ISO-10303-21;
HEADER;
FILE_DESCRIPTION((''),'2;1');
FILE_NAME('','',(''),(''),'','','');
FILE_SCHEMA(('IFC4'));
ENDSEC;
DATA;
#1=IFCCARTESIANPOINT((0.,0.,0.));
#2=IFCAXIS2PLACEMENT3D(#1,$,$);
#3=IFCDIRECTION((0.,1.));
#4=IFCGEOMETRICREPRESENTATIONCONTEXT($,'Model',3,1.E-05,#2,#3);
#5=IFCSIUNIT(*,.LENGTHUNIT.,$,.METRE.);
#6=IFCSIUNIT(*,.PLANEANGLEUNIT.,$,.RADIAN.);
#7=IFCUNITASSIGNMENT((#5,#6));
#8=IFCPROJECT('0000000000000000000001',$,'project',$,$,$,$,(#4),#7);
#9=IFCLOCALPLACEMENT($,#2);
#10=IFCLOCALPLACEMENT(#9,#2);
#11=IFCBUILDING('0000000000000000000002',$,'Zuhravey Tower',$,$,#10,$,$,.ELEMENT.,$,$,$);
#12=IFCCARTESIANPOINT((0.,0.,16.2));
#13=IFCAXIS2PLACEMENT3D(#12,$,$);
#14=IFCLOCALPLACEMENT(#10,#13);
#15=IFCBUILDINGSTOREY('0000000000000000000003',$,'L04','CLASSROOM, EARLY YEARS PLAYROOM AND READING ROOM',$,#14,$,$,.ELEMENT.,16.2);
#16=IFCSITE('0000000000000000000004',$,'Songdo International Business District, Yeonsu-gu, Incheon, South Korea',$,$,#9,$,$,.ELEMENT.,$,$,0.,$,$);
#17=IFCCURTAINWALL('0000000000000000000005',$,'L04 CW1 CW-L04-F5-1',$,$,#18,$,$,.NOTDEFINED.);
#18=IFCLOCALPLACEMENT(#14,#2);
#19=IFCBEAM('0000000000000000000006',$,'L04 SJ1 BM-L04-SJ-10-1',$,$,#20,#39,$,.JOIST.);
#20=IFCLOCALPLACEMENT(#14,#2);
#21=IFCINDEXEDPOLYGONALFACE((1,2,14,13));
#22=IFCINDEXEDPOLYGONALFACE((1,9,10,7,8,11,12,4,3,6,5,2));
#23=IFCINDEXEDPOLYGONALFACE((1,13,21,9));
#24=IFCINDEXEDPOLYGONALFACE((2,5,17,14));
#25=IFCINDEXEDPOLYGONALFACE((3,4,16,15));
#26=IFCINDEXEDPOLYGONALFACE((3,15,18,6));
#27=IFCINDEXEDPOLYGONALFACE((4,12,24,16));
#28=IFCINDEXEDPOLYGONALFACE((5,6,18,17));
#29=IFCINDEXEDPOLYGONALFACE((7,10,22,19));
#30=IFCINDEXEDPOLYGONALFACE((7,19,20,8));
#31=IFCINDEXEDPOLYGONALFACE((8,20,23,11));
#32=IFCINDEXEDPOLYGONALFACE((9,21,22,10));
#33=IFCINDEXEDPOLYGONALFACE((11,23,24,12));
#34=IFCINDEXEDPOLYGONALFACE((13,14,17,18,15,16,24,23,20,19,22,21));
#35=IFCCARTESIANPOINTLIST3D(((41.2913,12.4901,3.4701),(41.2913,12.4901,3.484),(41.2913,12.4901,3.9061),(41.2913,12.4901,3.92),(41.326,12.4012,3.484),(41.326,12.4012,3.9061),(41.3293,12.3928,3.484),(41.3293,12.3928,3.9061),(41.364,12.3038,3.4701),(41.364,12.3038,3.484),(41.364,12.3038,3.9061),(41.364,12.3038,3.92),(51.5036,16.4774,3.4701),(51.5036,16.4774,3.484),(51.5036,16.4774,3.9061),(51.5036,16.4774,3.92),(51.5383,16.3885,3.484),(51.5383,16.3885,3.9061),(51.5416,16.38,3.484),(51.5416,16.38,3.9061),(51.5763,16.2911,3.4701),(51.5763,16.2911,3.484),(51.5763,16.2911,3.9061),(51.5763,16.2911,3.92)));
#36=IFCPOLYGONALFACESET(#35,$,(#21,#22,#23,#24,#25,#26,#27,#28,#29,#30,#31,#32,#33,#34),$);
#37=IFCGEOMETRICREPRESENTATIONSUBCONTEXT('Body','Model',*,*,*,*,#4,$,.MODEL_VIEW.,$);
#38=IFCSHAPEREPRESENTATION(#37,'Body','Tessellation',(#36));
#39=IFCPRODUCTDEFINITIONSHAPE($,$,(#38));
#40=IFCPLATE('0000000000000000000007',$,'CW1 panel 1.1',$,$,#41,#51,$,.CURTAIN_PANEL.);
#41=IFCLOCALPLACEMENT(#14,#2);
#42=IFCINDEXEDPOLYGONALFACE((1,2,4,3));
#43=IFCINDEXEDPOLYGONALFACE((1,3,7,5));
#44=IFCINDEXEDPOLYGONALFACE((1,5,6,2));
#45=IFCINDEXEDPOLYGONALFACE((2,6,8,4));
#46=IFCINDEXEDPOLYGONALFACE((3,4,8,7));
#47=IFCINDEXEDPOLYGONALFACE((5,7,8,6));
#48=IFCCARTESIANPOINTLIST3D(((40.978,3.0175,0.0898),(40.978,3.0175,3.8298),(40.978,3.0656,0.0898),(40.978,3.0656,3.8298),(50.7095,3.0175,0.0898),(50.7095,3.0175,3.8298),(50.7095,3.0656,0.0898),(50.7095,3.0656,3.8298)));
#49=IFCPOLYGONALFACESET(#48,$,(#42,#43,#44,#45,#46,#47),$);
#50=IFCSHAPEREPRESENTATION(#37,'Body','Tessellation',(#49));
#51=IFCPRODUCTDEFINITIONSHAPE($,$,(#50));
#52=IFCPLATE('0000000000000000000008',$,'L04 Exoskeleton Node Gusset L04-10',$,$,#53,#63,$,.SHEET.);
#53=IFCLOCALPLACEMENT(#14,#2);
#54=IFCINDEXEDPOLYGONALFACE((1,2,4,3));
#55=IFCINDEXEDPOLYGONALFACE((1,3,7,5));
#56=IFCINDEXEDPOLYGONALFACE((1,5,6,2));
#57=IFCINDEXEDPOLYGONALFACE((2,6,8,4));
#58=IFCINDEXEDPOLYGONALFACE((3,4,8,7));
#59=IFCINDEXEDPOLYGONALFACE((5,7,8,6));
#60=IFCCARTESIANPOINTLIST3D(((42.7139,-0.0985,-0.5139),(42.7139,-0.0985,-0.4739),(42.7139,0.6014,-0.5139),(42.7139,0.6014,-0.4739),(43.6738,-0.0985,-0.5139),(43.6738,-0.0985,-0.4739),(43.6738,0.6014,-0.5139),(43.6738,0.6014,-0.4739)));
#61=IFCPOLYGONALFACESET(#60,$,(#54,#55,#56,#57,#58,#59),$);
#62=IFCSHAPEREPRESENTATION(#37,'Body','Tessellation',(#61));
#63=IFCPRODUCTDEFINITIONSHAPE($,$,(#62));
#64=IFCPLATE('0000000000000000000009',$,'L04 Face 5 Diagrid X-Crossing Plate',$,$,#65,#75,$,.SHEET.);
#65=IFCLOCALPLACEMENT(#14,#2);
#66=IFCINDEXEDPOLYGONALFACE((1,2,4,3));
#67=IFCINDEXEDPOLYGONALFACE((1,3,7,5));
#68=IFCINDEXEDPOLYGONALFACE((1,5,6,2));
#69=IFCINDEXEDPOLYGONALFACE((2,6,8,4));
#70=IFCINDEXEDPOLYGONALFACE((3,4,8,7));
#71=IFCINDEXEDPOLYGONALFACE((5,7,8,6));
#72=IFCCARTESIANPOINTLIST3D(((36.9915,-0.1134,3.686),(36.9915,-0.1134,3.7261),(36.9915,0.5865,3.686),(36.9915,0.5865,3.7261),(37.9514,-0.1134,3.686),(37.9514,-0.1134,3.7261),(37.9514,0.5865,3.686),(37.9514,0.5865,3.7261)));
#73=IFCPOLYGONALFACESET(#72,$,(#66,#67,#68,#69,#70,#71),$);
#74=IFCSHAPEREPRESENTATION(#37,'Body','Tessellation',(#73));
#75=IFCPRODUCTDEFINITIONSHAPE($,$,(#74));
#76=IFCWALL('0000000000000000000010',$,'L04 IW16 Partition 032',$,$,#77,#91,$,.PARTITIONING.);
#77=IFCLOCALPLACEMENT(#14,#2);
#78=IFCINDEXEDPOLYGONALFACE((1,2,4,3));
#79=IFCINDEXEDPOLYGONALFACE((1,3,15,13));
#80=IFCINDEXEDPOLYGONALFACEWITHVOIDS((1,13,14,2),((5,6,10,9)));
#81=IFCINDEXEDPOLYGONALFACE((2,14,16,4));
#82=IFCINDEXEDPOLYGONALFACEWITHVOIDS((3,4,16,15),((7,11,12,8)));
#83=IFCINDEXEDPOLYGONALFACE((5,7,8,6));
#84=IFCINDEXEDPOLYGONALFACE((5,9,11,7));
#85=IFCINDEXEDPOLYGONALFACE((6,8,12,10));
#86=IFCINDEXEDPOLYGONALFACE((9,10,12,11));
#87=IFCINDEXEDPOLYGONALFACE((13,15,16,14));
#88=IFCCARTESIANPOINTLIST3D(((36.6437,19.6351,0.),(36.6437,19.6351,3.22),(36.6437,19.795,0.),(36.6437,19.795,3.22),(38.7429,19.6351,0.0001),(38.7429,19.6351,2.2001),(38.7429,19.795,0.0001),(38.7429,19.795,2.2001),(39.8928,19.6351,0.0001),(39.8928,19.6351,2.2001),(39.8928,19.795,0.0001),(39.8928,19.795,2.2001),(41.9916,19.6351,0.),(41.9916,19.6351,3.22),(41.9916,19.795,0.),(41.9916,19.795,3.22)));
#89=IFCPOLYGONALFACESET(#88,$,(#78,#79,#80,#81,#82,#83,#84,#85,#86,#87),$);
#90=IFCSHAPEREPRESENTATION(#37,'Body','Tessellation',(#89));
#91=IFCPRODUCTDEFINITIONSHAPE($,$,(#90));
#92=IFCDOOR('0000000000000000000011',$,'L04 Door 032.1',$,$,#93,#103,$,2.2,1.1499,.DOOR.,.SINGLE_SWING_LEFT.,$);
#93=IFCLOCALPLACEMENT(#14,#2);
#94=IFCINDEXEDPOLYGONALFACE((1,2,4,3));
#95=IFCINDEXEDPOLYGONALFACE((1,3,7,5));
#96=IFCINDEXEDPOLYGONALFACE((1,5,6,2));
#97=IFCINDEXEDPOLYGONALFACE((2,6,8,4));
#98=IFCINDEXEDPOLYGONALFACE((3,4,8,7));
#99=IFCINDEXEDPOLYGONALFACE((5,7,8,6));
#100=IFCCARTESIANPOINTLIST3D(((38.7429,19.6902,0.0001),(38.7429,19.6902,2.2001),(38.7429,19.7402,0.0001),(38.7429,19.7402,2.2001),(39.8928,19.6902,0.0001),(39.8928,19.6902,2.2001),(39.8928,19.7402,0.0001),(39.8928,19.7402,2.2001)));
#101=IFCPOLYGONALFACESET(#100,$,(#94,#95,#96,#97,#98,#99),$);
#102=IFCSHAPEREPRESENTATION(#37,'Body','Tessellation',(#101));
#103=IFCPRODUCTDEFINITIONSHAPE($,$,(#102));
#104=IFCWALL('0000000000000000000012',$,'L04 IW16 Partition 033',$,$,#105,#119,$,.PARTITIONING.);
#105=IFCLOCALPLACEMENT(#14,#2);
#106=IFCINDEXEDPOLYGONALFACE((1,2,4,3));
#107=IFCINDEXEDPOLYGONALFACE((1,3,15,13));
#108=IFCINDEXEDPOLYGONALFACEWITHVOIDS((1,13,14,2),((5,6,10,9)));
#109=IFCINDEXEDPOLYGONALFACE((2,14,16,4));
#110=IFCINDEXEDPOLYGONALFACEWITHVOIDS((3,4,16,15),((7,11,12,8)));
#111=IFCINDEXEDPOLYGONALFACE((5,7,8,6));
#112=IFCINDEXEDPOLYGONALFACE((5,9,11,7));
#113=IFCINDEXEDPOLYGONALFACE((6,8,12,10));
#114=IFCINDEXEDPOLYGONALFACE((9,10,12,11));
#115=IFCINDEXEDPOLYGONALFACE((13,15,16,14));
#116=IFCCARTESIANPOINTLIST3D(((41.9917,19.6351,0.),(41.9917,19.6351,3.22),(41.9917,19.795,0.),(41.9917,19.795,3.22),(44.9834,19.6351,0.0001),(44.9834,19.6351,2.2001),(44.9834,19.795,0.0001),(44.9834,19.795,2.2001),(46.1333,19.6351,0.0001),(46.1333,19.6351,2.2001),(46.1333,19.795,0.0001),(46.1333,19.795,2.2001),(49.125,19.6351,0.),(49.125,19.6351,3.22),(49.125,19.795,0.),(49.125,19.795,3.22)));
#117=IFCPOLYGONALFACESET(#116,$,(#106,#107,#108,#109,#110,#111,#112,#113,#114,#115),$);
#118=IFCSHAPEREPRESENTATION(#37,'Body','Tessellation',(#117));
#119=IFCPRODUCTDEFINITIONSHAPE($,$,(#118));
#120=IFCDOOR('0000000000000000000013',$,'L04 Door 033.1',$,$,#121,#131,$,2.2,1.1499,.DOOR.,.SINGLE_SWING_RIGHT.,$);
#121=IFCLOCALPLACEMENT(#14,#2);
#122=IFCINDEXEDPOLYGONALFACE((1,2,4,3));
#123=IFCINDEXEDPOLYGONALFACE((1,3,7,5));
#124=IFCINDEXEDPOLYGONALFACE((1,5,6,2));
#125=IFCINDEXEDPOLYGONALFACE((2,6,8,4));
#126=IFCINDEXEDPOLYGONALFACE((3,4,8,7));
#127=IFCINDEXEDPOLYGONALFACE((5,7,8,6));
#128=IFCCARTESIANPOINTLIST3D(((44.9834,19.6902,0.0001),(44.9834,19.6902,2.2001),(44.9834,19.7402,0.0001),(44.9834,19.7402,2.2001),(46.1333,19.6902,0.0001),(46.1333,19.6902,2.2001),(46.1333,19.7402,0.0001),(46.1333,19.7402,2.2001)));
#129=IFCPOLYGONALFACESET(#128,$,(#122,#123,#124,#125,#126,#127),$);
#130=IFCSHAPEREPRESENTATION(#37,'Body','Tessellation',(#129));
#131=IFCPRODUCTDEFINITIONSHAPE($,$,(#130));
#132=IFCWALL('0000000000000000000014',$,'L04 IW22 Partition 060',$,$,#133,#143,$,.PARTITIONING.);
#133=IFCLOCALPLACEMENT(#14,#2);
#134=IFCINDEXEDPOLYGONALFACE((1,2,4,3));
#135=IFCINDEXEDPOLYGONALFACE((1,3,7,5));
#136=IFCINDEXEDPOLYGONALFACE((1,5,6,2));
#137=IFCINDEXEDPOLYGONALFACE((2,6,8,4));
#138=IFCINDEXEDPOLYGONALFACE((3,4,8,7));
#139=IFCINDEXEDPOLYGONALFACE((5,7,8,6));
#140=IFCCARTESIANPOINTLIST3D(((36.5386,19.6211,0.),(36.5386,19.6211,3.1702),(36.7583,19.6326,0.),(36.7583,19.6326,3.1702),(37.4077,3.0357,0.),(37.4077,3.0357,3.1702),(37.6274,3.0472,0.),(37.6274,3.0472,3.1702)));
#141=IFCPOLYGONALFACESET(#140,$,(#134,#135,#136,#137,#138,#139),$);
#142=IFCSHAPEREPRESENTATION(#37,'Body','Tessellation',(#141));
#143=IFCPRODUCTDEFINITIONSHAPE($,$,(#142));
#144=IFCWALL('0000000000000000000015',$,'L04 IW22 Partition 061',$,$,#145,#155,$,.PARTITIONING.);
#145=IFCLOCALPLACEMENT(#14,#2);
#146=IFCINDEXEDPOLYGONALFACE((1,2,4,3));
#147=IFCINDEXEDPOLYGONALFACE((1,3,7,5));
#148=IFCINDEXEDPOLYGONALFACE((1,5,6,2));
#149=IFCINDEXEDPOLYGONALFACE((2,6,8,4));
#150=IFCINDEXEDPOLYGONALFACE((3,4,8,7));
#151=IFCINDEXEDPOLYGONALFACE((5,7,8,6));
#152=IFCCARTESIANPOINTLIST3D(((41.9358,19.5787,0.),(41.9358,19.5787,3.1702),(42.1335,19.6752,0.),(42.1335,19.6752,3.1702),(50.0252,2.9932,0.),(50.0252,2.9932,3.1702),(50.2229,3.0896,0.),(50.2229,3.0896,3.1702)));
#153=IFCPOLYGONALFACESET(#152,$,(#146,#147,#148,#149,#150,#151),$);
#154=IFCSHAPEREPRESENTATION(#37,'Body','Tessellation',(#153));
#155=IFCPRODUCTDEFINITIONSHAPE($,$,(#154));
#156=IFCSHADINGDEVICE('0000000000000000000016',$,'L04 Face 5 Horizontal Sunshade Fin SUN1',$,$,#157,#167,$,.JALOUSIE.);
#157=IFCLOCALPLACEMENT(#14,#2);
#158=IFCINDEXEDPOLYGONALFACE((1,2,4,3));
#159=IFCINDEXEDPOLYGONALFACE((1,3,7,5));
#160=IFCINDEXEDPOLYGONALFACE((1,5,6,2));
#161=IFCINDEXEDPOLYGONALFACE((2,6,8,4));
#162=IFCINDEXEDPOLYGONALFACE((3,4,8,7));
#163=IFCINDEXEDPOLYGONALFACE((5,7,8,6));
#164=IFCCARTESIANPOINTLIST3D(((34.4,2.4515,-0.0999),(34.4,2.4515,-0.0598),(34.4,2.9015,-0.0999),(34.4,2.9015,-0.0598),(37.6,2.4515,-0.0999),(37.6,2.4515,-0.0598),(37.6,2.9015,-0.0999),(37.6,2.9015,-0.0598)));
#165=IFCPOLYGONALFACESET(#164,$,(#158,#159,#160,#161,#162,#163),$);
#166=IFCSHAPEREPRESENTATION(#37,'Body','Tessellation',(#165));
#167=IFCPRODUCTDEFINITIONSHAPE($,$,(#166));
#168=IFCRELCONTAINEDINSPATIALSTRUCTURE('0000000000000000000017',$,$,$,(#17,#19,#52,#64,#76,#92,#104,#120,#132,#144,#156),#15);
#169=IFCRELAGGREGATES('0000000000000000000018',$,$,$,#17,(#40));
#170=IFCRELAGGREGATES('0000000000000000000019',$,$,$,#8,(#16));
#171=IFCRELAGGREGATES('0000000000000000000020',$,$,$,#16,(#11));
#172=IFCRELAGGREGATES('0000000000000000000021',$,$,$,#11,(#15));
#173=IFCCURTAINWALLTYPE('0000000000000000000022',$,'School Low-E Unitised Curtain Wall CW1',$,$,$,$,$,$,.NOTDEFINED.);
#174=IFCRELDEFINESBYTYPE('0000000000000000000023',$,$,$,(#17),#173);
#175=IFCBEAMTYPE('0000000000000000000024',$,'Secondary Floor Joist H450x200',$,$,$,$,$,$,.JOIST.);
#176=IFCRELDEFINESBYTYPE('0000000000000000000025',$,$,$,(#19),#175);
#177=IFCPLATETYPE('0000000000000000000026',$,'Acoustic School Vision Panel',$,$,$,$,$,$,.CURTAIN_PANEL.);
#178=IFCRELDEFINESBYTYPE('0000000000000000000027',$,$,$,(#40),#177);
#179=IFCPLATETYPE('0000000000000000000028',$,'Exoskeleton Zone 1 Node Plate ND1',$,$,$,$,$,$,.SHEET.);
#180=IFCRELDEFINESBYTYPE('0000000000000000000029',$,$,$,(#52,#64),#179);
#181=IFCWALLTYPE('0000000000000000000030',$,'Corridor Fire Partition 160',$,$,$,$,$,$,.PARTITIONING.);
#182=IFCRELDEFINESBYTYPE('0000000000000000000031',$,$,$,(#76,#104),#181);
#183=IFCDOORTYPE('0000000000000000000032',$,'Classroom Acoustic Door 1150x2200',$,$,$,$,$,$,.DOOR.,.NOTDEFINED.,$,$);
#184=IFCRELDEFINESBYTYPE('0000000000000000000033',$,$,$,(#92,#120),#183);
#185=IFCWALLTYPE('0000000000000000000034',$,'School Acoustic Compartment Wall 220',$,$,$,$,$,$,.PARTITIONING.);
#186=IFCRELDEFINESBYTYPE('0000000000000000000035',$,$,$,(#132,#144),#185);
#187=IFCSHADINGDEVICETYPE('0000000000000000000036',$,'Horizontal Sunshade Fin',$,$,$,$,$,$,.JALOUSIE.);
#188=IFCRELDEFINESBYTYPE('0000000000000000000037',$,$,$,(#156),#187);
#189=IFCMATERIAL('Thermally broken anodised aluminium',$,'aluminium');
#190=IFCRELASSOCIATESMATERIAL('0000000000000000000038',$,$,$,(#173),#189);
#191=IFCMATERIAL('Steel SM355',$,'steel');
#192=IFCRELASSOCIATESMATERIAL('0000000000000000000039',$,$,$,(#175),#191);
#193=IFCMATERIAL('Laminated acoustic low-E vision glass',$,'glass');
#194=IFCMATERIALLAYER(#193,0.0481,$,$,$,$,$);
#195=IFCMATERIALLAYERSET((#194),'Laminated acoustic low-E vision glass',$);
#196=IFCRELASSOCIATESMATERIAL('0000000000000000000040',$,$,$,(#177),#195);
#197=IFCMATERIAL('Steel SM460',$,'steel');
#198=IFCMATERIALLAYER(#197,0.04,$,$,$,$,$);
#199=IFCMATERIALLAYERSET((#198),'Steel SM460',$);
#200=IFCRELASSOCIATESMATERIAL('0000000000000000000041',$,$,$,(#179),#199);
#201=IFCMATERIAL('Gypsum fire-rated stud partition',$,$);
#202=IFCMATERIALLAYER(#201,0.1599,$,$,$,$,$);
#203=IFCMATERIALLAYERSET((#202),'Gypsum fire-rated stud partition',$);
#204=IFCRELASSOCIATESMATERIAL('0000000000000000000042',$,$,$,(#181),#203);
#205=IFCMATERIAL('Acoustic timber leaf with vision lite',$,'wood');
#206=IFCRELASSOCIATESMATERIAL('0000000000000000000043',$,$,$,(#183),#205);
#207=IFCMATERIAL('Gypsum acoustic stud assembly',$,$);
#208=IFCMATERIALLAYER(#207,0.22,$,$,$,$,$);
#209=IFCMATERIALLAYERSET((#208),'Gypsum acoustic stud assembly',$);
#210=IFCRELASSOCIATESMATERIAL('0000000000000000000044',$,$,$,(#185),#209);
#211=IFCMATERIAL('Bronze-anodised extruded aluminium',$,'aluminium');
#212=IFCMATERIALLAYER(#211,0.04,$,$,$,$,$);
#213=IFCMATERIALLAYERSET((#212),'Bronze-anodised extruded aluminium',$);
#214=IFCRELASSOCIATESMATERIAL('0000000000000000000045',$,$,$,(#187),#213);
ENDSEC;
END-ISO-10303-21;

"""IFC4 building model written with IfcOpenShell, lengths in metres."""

from ifc_helpers import new_model, si_unit, direction, frame, frame_2d, origin, origin_2d, place, context, subcontext, project, spatial, rectangle, i_section, extrude, material, layer, layer_set, material_profile, profile_set, type_object, element, fill, aggregate, save


model = new_model("IFC4")

# Units and contexts
model_context = context("Model", 3, precision=1e-05, world=origin(), true_north=direction((0.0, 1.0)))
body_context = subcontext(model_context, "Body", "Model", "MODEL_VIEW")
ifc_project = project(units=[si_unit("LENGTHUNIT", "METRE"), si_unit("PLANEANGLEUNIT", "RADIAN")], contexts=[model_context])

# Site, building, storey
site_placement = place(None, origin())
site = spatial("IfcSite", under=ifc_project, at=site_placement, Name="Songdo International Business District, Yeonsu-gu, Incheon, South Korea", CompositionType="ELEMENT", RefElevation=0.0)
building_placement = place(site_placement, origin())
building = spatial("IfcBuilding", under=site, at=building_placement, Name="Zuhravey Tower", CompositionType="ELEMENT")
storey_placement = place(building_placement, frame((0.0, 0.0, 16.2)))
storey = spatial("IfcBuildingStorey", under=building, at=storey_placement, Name="L04", Description="CLASSROOM, EARLY YEARS PLAYROOM AND READING ROOM", CompositionType="ELEMENT", Elevation=16.2)

# Curtain wall
ifc_material_1 = material(Name="Thermally broken anodised aluminium", Category="aluminium")
curtain_wall_type = type_object("IfcCurtainWallType", Name="School Low-E Unitised Curtain Wall CW1", PredefinedType="NOTDEFINED", material=ifc_material_1)
curtain_wall_placement = place(storey_placement, origin())
curtain_wall = element("IfcCurtainWall", 1, at=curtain_wall_placement, inside=storey, type_object=curtain_wall_type, Name="L04 CW1 CW-L04-F5-1", PredefinedType="NOTDEFINED")

# Shared definitions
ifc_material_2 = material(Name="Steel SM460", Category="steel")

# Beam
ifc_material_3 = material(Name="Steel SM355", Category="steel")
ifc_material_profile_1 = material_profile(ifc_material_3, i_section(OverallWidth=0.2, OverallDepth=0.45, WebThickness=0.009, FlangeThickness=0.0139, at=origin_2d()), Name="H-450x200x9x14")
ifc_profile_set_1 = profile_set([ifc_material_profile_1], Name="Steel SM355")
beam_type_1 = type_object("IfcBeamType", Name="Secondary Floor Joist H450x200", PredefinedType="JOIST", material=ifc_profile_set_1)
beam_1_placement = place(storey_placement, frame((41.3276, 12.397, 3.6951), z_axis=(0.931517, 0.363699, 0.0), x_axis=(-0.363699, 0.931517, 0.0)))
element("IfcBeam", 2, at=beam_1_placement, inside=storey, type_object=beam_type_1, Name="L04 SJ1 BM-L04-SJ-10-1", PredefinedType="JOIST", context=body_context, shape_type="SweptSolid", body=[
    extrude(i_section(OverallWidth=0.2, OverallDepth=0.45, WebThickness=0.009, FlangeThickness=0.0139, at=origin_2d()), origin(), (0.0, 0.0, 1.0), 10.9631),
])

# Plate
ifc_material_4 = material(Name="Laminated acoustic low-E vision glass", Category="glass")
ifc_layer_1 = layer(ifc_material_4, 0.0481)
ifc_layer_set_1 = layer_set([ifc_layer_1], Name="Laminated acoustic low-E vision glass")
plate_type_1 = type_object("IfcPlateType", Name="Acoustic School Vision Panel", PredefinedType="CURTAIN_PANEL", material=ifc_layer_set_1)
plate_placement = place(storey_placement, frame((45.8438, 3.0415, 0.0898), z_axis=(0.0, 0.0, 1.0), x_axis=(-1.0, 0.0, 0.0)))
plate = element("IfcPlate", 3, at=plate_placement, type_object=plate_type_1, Name="CW1 panel 1.1", PredefinedType="CURTAIN_PANEL", context=body_context, shape_type="SweptSolid", body=[
    extrude(rectangle(XDim=9.7314, YDim=0.0481, at=origin_2d()), origin(), (0.0, 0.0, 1.0), 3.74),
])
aggregate(curtain_wall, [plate])

# Plates
ifc_layer_2 = layer(ifc_material_2, 0.04)
ifc_layer_set_2 = layer_set([ifc_layer_2], Name="Steel SM460")
plate_type_2 = type_object("IfcPlateType", Name="Exoskeleton Zone 1 Node Plate ND1", PredefinedType="SHEET", material=ifc_layer_set_2)
for number, where, z_axis, x_axis, name in (
    (4, (43.1938, 0.2515, -0.5139), (0.0, 0.0, 1.0), (1.0, 0.0, 0.0), "L04 Exoskeleton Node Gusset L04-10"),
    (5, (37.4714, 0.2366, 3.686), (0.0, 0.0, 1.0), (1.0, 0.0, 0.0), "L04 Face 5 Diagrid X-Crossing Plate"),
):
    element("IfcPlate", number, at=place(storey_placement, frame(where, z_axis=z_axis, x_axis=x_axis)), inside=storey, type_object=plate_type_2, Name=name, PredefinedType="SHEET", context=body_context, shape_type="SweptSolid", body=[
        extrude(rectangle(XDim=0.96, YDim=0.7, at=origin_2d()), origin(), (0.0, 0.0, 1.0), 0.04),
    ])

# Walls, openings, doors
ifc_material_5 = material(Name="Gypsum fire-rated stud partition")
ifc_layer_3 = layer(ifc_material_5, 0.1599)
ifc_layer_set_3 = layer_set([ifc_layer_3], Name="Gypsum fire-rated stud partition")
wall_type_1 = type_object("IfcWallType", Name="Corridor Fire Partition 160", PredefinedType="PARTITIONING", material=ifc_layer_set_3)
wall_1_placement = place(storey_placement, frame((36.6438, 19.7151, 0.0), z_axis=(0.0, 0.0, 1.0), x_axis=(1.0, 0.0, 0.0)))
wall_1 = element("IfcWall", 6, at=wall_1_placement, inside=storey, type_object=wall_type_1, Name="L04 IW16 Partition 032", PredefinedType="PARTITIONING", context=body_context, shape_type="SweptSolid", body=[
    extrude(rectangle(XDim=5.3479, YDim=0.1599, at=frame_2d((2.6738, 0.0))), origin(), (0.0, 0.0, 1.0), 3.22),
])
opening_1_placement = place(wall_1_placement, frame((2.0991, 0.0, 0.0)))
opening_1 = element("IfcOpeningElement", 7, at=opening_1_placement, cuts=wall_1, PredefinedType="OPENING", context=body_context, shape_type="SweptSolid", body=[
    extrude(rectangle(XDim=1.1499, YDim=2.2, at=frame_2d((0.575, 1.1001))), frame((0.0, 0.092, 0.0), z_axis=(0.0, -1.0, 0.0), x_axis=(1.0, 0.0, 0.0)), (0.0, 0.0, 1.0), 0.1838),
])
ifc_material_6 = material(Name="Acoustic timber leaf with vision lite", Category="wood")
door_type = type_object("IfcDoorType", Name="Classroom Acoustic Door 1150x2200", OperationType="NOTDEFINED", PredefinedType="DOOR", material=ifc_material_6)
door_1_placement = place(opening_1_placement, frame((1.1499, 0.0, 0.0), z_axis=(0.0, 0.0, 1.0), x_axis=(-1.0, 0.0, 0.0)))
door_1 = element("IfcDoor", 8, at=door_1_placement, inside=storey, type_object=door_type, Name="L04 Door 032.1", OperationType="SINGLE_SWING_LEFT", OverallHeight=2.2, OverallWidth=1.1499, PredefinedType="DOOR", context=body_context, shape_type="SweptSolid", body=[
    extrude(rectangle(XDim=1.1499, YDim=2.2, at=frame_2d((0.575, 1.1001))), frame((0.0, 0.0249, 0.0), z_axis=(0.0, -1.0, 0.0), x_axis=(1.0, 0.0, 0.0)), (0.0, 0.0, 1.0), 0.05),
])
fill(opening_1, door_1)
wall_2_placement = place(storey_placement, frame((41.9917, 19.7151, 0.0), z_axis=(0.0, 0.0, 1.0), x_axis=(1.0, 0.0, 0.0)))
wall_2 = element("IfcWall", 9, at=wall_2_placement, inside=storey, type_object=wall_type_1, Name="L04 IW16 Partition 033", PredefinedType="PARTITIONING", context=body_context, shape_type="SweptSolid", body=[
    extrude(rectangle(XDim=7.1333, YDim=0.1599, at=frame_2d((3.5667, 0.0))), origin(), (0.0, 0.0, 1.0), 3.22),
])
opening_2_placement = place(wall_2_placement, frame((2.9917, 0.0, 0.0)))
opening_2 = element("IfcOpeningElement", 10, at=opening_2_placement, cuts=wall_2, PredefinedType="OPENING", context=body_context, shape_type="SweptSolid", body=[
    extrude(rectangle(XDim=1.1499, YDim=2.2, at=frame_2d((0.575, 1.1001))), frame((0.0, 0.092, 0.0), z_axis=(0.0, -1.0, 0.0), x_axis=(1.0, 0.0, 0.0)), (0.0, 0.0, 1.0), 0.1838),
])
door_2_placement = place(opening_2_placement, frame((1.1499, 0.0, 0.0), z_axis=(0.0, 0.0, 1.0), x_axis=(-1.0, 0.0, 0.0)))
door_2 = element("IfcDoor", 11, at=door_2_placement, inside=storey, type_object=door_type, Name="L04 Door 033.1", OperationType="SINGLE_SWING_RIGHT", OverallHeight=2.2, OverallWidth=1.1499, PredefinedType="DOOR", context=body_context, shape_type="SweptSolid", body=[
    extrude(rectangle(XDim=1.1499, YDim=2.2, at=frame_2d((0.575, 1.1001))), frame((0.0, 0.0249, 0.0), z_axis=(0.0, -1.0, 0.0), x_axis=(1.0, 0.0, 0.0)), (0.0, 0.0, 1.0), 0.05),
])
fill(opening_2, door_2)

# Walls
ifc_material_7 = material(Name="Gypsum acoustic stud assembly")
ifc_layer_4 = layer(ifc_material_7, 0.22)
ifc_layer_set_4 = layer_set([ifc_layer_4], Name="Gypsum acoustic stud assembly")
wall_type_2 = type_object("IfcWallType", Name="School Acoustic Compartment Wall 220", PredefinedType="PARTITIONING", material=ifc_layer_set_4)
wall_3_placement = place(storey_placement, frame((36.6484, 19.627, 0.0), z_axis=(0.0, 0.0, 1.0), x_axis=(0.052332, -0.99863, 0.0)))
element("IfcWall", 12, at=wall_3_placement, inside=storey, type_object=wall_type_2, Name="L04 IW22 Partition 060", PredefinedType="PARTITIONING", context=body_context, shape_type="SweptSolid", body=[
    extrude(rectangle(XDim=16.6082, YDim=0.22, at=frame_2d((8.3042, 0.0))), origin(), (0.0, 0.0, 1.0), 3.1702),
])
wall_4_placement = place(storey_placement, frame((42.0347, 19.627, 0.0), z_axis=(0.0, 0.0, 1.0), x_axis=(0.438375, -0.898792, 0.0)))
element("IfcWall", 13, at=wall_4_placement, inside=storey, type_object=wall_type_2, Name="L04 IW22 Partition 061", PredefinedType="PARTITIONING", context=body_context, shape_type="SweptSolid", body=[
    extrude(rectangle(XDim=18.4531, YDim=0.22, at=frame_2d((9.2266, 0.0))), origin(), (0.0, 0.0, 1.0), 3.1702),
])

# Shading device
ifc_material_8 = material(Name="Bronze-anodised extruded aluminium", Category="aluminium")
ifc_layer_5 = layer(ifc_material_8, 0.04)
ifc_layer_set_5 = layer_set([ifc_layer_5], Name="Bronze-anodised extruded aluminium")
shading_device_type = type_object("IfcShadingDeviceType", Name="Horizontal Sunshade Fin", PredefinedType="JALOUSIE", material=ifc_layer_set_5)
shading_device_placement = place(storey_placement, frame((36.0, 2.6765, -0.0999), z_axis=(0.0, 0.0, 1.0), x_axis=(-1.0, 0.0, 0.0)))
element("IfcShadingDevice", 14, at=shading_device_placement, inside=storey, type_object=shading_device_type, Name="L04 Face 5 Horizontal Sunshade Fin SUN1", PredefinedType="JALOUSIE", context=body_context, shape_type="SweptSolid", body=[
    extrude(rectangle(XDim=3.2, YDim=0.45, at=origin_2d()), origin(), (0.0, 0.0, 1.0), 0.04),
])

save(model, "model.ifc")
